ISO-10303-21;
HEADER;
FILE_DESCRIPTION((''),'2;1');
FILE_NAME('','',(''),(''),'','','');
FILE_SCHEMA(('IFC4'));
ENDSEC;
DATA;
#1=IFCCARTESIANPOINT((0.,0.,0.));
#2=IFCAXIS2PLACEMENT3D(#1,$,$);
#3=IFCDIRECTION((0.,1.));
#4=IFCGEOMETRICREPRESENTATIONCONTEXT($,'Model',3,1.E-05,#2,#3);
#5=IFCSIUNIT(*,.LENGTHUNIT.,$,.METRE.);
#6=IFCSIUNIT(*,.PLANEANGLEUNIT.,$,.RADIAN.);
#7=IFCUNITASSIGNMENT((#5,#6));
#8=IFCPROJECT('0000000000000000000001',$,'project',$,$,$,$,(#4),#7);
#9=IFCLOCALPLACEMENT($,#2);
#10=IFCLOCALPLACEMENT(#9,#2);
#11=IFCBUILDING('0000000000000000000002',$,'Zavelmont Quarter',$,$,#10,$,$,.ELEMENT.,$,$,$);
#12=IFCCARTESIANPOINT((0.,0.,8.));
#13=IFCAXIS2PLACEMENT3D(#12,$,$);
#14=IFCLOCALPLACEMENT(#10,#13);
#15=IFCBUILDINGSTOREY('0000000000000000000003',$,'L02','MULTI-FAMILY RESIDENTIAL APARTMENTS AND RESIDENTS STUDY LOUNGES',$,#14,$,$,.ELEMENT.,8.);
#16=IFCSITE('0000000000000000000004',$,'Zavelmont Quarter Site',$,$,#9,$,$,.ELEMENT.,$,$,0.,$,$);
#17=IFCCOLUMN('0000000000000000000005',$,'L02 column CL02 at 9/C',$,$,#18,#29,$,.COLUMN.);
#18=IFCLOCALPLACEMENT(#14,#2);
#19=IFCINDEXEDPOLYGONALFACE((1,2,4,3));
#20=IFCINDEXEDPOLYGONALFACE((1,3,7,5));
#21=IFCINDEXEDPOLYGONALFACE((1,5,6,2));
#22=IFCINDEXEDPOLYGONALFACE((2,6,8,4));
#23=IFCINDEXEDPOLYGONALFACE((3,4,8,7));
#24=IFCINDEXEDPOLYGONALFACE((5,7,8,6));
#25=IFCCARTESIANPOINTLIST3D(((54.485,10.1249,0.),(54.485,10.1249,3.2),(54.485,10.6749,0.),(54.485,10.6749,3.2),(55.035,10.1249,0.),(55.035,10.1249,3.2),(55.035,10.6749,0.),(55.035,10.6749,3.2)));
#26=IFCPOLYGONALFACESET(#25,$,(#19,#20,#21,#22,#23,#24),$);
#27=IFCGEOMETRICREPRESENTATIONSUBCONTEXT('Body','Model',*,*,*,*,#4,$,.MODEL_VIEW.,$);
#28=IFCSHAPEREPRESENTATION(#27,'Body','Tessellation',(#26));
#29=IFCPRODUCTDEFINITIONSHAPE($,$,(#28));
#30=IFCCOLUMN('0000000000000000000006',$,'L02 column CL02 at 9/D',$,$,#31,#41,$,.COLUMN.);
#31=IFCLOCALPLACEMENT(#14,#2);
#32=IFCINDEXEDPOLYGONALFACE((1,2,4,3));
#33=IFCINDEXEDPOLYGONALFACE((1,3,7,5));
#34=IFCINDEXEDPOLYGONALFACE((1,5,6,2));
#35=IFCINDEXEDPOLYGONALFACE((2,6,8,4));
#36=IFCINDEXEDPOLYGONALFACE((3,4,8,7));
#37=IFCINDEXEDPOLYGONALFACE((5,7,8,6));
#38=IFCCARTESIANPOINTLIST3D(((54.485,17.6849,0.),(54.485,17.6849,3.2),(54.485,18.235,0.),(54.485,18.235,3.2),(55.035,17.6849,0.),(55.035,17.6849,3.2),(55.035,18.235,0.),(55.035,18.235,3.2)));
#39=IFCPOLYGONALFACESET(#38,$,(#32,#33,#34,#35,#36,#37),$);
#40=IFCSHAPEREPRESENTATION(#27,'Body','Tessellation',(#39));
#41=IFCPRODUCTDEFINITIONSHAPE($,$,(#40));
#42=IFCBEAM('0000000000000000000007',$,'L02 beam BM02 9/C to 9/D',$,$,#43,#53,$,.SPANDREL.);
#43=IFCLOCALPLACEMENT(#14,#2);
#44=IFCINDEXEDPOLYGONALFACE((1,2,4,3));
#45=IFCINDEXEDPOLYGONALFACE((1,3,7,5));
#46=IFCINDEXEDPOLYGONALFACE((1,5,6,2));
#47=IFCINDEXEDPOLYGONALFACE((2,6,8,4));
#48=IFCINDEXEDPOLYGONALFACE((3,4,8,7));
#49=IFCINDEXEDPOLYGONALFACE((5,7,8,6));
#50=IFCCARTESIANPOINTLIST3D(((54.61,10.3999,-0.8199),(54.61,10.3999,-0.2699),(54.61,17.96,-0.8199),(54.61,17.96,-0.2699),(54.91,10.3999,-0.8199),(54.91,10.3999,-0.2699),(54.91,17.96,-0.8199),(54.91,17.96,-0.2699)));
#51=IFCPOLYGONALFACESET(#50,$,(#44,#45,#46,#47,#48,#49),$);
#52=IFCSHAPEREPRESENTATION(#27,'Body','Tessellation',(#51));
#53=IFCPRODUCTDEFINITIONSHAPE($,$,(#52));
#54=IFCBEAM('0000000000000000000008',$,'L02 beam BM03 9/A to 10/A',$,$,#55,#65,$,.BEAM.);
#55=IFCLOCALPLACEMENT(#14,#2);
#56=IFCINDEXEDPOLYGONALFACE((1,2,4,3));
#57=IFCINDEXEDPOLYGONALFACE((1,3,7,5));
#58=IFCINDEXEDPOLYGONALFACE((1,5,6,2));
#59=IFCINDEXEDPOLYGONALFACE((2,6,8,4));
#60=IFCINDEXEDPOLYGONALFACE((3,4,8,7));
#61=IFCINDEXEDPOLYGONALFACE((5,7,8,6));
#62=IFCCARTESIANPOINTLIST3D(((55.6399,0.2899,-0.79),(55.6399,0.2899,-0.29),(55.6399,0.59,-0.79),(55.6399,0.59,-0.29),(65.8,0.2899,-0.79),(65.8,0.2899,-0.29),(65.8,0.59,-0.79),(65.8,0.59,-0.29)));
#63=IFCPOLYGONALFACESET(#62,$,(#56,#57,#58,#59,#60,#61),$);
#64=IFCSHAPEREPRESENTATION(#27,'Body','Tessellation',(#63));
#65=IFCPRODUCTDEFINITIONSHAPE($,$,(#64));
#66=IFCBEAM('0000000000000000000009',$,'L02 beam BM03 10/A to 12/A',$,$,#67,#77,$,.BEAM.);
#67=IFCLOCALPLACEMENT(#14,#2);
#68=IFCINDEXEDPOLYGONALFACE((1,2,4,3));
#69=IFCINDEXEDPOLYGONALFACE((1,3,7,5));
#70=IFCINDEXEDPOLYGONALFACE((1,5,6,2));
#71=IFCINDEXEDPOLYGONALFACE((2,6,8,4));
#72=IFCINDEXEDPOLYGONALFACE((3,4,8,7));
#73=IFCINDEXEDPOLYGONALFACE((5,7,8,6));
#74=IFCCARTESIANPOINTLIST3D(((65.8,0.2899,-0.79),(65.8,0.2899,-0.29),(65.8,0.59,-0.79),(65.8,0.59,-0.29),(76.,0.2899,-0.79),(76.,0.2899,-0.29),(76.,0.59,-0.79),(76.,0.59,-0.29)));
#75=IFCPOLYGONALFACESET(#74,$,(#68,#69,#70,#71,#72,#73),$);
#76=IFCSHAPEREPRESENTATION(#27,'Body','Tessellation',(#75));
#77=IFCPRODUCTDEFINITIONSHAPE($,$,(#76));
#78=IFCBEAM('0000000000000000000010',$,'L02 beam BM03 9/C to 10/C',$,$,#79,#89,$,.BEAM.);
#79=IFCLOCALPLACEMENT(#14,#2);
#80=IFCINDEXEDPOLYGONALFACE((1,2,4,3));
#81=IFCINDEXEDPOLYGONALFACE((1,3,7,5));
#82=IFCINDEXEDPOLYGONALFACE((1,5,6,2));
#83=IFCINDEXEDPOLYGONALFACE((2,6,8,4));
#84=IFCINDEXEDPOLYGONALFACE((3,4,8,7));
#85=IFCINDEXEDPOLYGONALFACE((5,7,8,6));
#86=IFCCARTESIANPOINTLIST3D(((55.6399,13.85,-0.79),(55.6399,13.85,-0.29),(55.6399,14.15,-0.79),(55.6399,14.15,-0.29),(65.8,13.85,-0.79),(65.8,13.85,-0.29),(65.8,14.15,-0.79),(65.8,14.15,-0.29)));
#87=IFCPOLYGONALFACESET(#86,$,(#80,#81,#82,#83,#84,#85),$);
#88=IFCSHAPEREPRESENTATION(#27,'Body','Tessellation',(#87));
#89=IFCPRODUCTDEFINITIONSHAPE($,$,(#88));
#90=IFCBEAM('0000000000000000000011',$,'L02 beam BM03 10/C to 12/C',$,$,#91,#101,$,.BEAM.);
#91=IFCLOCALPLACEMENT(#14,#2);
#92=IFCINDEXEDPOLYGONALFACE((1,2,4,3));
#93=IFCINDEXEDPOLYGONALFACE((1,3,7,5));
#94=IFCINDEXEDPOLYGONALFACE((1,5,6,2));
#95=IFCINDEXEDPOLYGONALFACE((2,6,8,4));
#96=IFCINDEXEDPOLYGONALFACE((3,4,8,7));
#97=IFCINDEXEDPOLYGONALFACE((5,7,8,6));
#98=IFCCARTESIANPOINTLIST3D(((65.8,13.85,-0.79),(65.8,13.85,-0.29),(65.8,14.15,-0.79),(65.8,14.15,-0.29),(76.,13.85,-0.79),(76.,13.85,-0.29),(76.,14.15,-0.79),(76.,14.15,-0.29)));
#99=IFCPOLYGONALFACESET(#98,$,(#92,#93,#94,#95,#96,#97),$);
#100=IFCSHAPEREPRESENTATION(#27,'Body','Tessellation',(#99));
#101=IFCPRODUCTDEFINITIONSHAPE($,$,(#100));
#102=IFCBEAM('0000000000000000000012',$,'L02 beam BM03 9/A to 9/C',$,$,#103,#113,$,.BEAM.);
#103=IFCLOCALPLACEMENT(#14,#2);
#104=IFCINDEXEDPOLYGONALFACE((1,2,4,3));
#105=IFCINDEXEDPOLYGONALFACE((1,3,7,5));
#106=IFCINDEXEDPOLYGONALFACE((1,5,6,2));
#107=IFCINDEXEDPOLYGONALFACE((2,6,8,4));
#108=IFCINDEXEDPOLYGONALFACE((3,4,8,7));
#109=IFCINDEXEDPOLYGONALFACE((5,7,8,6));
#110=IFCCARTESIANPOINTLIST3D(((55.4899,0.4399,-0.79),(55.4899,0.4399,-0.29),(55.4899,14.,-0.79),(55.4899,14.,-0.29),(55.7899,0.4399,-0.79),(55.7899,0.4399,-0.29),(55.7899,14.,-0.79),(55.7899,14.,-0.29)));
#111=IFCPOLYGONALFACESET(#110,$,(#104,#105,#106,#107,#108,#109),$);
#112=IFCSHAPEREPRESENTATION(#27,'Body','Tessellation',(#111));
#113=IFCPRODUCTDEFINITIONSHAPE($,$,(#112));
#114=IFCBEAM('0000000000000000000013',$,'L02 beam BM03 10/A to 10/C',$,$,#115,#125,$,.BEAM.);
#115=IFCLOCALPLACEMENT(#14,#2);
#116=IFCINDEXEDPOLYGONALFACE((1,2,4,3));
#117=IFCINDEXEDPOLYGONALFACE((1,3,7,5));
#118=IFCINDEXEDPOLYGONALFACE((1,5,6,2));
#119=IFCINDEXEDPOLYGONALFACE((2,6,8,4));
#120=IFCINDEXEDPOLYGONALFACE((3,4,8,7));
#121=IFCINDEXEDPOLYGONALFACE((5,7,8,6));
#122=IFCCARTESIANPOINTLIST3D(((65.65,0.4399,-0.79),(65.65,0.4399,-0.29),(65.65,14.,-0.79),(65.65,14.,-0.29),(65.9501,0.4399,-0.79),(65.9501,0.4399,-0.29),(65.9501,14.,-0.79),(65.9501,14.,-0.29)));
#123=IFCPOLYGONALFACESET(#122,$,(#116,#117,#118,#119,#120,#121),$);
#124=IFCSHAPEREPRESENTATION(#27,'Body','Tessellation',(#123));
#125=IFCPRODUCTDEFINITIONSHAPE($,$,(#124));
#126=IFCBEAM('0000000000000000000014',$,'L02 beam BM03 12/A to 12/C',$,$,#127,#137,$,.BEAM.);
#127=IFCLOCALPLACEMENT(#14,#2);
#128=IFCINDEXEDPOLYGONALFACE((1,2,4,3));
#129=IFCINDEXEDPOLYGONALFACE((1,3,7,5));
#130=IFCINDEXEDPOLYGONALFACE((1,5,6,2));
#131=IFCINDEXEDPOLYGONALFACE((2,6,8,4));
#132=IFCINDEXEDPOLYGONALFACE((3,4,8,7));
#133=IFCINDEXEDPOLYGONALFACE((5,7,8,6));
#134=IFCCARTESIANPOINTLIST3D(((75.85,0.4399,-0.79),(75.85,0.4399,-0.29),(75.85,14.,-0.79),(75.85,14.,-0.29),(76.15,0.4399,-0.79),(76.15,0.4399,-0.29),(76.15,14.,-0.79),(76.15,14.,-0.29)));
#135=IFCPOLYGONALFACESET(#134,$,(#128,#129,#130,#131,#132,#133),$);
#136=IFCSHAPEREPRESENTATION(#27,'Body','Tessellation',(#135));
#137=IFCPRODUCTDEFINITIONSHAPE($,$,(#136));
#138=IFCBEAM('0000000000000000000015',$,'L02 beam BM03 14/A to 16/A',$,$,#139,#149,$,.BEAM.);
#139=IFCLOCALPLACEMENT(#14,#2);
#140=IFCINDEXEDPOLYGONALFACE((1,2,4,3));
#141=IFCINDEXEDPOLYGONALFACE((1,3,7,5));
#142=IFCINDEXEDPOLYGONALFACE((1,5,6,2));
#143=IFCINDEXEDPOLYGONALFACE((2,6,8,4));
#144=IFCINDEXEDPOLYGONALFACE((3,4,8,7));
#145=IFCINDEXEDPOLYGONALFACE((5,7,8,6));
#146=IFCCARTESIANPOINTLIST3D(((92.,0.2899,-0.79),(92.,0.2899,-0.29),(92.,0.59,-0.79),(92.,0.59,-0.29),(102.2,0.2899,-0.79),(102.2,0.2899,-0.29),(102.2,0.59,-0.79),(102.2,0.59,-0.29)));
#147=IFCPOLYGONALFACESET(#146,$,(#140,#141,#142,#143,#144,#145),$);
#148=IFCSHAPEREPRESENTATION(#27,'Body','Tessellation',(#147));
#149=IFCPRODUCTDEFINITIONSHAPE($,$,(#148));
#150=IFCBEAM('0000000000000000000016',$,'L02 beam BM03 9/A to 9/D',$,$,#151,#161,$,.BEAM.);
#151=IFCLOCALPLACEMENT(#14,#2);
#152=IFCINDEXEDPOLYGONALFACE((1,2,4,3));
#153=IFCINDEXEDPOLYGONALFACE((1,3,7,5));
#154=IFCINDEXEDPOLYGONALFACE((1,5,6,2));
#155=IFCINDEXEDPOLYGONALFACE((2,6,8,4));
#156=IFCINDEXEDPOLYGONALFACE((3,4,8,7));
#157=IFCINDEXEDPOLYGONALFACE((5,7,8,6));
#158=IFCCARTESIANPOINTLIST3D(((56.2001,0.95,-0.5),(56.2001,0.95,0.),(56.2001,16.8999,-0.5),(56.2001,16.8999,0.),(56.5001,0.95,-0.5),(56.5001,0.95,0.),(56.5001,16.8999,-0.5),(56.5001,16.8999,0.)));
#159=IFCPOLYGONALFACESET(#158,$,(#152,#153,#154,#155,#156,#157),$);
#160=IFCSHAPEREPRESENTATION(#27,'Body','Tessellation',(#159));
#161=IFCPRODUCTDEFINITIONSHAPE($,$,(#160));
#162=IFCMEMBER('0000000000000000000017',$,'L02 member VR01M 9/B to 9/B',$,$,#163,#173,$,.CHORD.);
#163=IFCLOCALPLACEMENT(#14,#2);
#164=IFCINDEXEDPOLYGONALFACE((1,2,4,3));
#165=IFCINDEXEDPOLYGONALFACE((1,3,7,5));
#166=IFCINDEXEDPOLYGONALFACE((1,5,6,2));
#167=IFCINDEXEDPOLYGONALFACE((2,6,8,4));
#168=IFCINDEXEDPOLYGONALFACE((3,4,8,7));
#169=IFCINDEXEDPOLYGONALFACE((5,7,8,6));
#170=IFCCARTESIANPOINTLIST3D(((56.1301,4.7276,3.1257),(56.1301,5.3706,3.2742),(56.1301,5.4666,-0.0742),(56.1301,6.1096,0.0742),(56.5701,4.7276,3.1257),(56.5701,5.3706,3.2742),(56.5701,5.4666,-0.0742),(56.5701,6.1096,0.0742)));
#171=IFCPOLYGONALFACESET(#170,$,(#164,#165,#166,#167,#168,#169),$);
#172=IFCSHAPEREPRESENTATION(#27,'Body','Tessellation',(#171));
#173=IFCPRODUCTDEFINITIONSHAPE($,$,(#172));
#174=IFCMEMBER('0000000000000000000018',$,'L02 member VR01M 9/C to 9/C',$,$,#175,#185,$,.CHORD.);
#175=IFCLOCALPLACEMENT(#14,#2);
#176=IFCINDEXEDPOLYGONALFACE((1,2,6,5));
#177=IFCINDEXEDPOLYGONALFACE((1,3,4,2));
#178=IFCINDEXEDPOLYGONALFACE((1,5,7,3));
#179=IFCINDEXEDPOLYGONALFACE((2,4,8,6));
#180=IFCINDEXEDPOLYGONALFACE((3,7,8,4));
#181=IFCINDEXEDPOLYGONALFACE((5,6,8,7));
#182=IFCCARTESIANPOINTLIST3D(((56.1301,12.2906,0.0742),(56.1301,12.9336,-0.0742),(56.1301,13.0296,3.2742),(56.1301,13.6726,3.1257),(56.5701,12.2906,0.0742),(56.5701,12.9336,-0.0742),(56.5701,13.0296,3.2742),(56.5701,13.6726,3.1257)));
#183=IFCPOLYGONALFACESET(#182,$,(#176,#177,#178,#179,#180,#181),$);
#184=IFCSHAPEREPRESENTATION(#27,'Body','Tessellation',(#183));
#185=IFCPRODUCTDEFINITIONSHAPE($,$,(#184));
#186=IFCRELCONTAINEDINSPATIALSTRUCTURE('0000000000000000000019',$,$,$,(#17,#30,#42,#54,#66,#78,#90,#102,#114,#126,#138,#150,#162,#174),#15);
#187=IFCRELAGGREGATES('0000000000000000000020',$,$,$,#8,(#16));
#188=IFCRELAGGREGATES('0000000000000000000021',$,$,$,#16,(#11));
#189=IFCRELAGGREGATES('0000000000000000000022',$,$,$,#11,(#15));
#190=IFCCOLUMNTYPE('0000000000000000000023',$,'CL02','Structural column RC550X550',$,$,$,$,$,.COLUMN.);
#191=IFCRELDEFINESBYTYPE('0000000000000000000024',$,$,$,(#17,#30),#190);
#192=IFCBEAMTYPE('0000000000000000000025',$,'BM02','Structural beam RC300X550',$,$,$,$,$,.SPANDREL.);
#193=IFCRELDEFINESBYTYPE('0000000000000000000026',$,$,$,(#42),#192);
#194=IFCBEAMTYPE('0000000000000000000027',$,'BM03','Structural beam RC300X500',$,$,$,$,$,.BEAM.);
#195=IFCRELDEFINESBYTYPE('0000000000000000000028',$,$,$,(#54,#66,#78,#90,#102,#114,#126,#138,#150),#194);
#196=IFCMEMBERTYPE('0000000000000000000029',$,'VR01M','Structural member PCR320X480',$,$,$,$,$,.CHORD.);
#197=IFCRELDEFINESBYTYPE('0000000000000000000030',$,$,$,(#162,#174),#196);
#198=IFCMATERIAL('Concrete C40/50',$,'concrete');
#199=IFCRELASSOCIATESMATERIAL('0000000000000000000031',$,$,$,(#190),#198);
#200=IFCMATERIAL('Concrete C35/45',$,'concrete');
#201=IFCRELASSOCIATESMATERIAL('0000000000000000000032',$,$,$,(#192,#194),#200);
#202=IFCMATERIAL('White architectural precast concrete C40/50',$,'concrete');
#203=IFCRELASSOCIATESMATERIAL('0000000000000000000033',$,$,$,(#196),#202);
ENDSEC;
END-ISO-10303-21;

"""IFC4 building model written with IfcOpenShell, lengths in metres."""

from ifc_helpers import new_model, si_unit, direction, frame, origin, origin_2d, place, context, subcontext, project, spatial, rectangle, extrude, material, material_profile, profile_set, type_object, element, save


model = new_model("IFC4")

# Units and contexts
model_context = context("Model", 3, precision=1e-05, world=origin(), true_north=direction((0.0, 1.0)))
body_context = subcontext(model_context, "Body", "Model", "MODEL_VIEW")
ifc_project = project(units=[si_unit("LENGTHUNIT", "METRE"), si_unit("PLANEANGLEUNIT", "RADIAN")], contexts=[model_context])

# Site, building, storey
site_placement = place(None, origin())
site = spatial("IfcSite", under=ifc_project, at=site_placement, Name="Zavelmont Quarter Site", CompositionType="ELEMENT", RefElevation=0.0)
building_placement = place(site_placement, origin())
building = spatial("IfcBuilding", under=site, at=building_placement, Name="Zavelmont Quarter", CompositionType="ELEMENT")
storey_placement = place(building_placement, frame((0.0, 0.0, 8.0)))
storey = spatial("IfcBuildingStorey", under=building, at=storey_placement, Name="L02", Description="MULTI-FAMILY RESIDENTIAL APARTMENTS AND RESIDENTS STUDY LOUNGES", CompositionType="ELEMENT", Elevation=8.0)

# Columns
ifc_material_1 = material(Name="Concrete C40/50", Category="concrete")
ifc_material_profile_1 = material_profile(ifc_material_1, rectangle(XDim=0.55, YDim=0.55, at=origin_2d()), Name="RC550X550")
ifc_profile_set_1 = profile_set([ifc_material_profile_1], Name="Concrete C40/50")
column_type = type_object("IfcColumnType", Name="CL02", Description="Structural column RC550X550", PredefinedType="COLUMN", material=ifc_profile_set_1)
for number, where, z_axis, x_axis, name in (
    (1, (54.76, 10.3999, 0.0), (0.0, 0.0, 1.0), (1.0, 0.0, 0.0), "L02 column CL02 at 9/C"),
    (2, (54.76, 17.96, 0.0), (0.0, 0.0, 1.0), (1.0, 0.0, 0.0), "L02 column CL02 at 9/D"),
):
    element("IfcColumn", number, at=place(storey_placement, frame(where, z_axis=z_axis, x_axis=x_axis)), inside=storey, type_object=column_type, Name=name, PredefinedType="COLUMN", context=body_context, shape_type="SweptSolid", body=[
        extrude(rectangle(XDim=0.55, YDim=0.55, at=origin_2d()), origin(), (0.0, 0.0, 1.0), 3.2),
    ])

# Beams
ifc_material_2 = material(Name="Concrete C35/45", Category="concrete")
ifc_material_profile_2 = material_profile(ifc_material_2, rectangle(XDim=0.3, YDim=0.55, at=origin_2d()), Name="RC300X550")
ifc_profile_set_2 = profile_set([ifc_material_profile_2], Name="Concrete C35/45")
beam_type_1 = type_object("IfcBeamType", Name="BM02", Description="Structural beam RC300X550", PredefinedType="SPANDREL", material=ifc_profile_set_2)
beam_1_placement = place(storey_placement, frame((54.76, 10.3999, -0.5449), z_axis=(0.0, 1.0, 0.0), x_axis=(-1.0, 0.0, 0.0)))
element("IfcBeam", 3, at=beam_1_placement, inside=storey, type_object=beam_type_1, Name="L02 beam BM02 9/C to 9/D", PredefinedType="SPANDREL", context=body_context, shape_type="SweptSolid", body=[
    extrude(rectangle(XDim=0.3, YDim=0.55, at=origin_2d()), origin(), (0.0, 0.0, 1.0), 7.5601),
])
ifc_material_profile_3 = material_profile(ifc_material_2, rectangle(XDim=0.3, YDim=0.5, at=origin_2d()), Name="RC300X500")
ifc_profile_set_3 = profile_set([ifc_material_profile_3], Name="Concrete C35/45")
beam_type_2 = type_object("IfcBeamType", Name="BM03", Description="Structural beam RC300X500", PredefinedType="BEAM", material=ifc_profile_set_3)
beam_2_placement = place(storey_placement, frame((55.6399, 0.4399, -0.54), z_axis=(1.0, 0.0, 0.0), x_axis=(0.0, 1.0, 0.0)))
element("IfcBeam", 4, at=beam_2_placement, inside=storey, type_object=beam_type_2, Name="L02 beam BM03 9/A to 10/A", PredefinedType="BEAM", context=body_context, shape_type="SweptSolid", body=[
    extrude(rectangle(XDim=0.3, YDim=0.5, at=origin_2d()), origin(), (0.0, 0.0, 1.0), 10.1602),
])
beam_3_placement = place(storey_placement, frame((65.8, 0.4399, -0.54), z_axis=(1.0, 0.0, 0.0), x_axis=(0.0, 1.0, 0.0)))
element("IfcBeam", 5, at=beam_3_placement, inside=storey, type_object=beam_type_2, Name="L02 beam BM03 10/A to 12/A", PredefinedType="BEAM", context=body_context, shape_type="SweptSolid", body=[
    extrude(rectangle(XDim=0.3, YDim=0.5, at=origin_2d()), origin(), (0.0, 0.0, 1.0), 10.2),
])
beam_4_placement = place(storey_placement, frame((55.6399, 14.0, -0.54), z_axis=(1.0, 0.0, 0.0), x_axis=(0.0, 1.0, 0.0)))
element("IfcBeam", 6, at=beam_4_placement, inside=storey, type_object=beam_type_2, Name="L02 beam BM03 9/C to 10/C", PredefinedType="BEAM", context=body_context, shape_type="SweptSolid", body=[
    extrude(rectangle(XDim=0.3, YDim=0.5, at=origin_2d()), origin(), (0.0, 0.0, 1.0), 10.1602),
])
beam_5_placement = place(storey_placement, frame((65.8, 14.0, -0.54), z_axis=(1.0, 0.0, 0.0), x_axis=(0.0, 1.0, 0.0)))
element("IfcBeam", 7, at=beam_5_placement, inside=storey, type_object=beam_type_2, Name="L02 beam BM03 10/C to 12/C", PredefinedType="BEAM", context=body_context, shape_type="SweptSolid", body=[
    extrude(rectangle(XDim=0.3, YDim=0.5, at=origin_2d()), origin(), (0.0, 0.0, 1.0), 10.2),
])
for number, where, z_axis, x_axis, name in (
    (8, (55.6399, 0.4399, -0.54), (0.0, 1.0, 0.0), (-1.0, 0.0, 0.0), "L02 beam BM03 9/A to 9/C"),
    (9, (65.8, 0.4399, -0.54), (0.0, 1.0, 0.0), (-1.0, 0.0, 0.0), "L02 beam BM03 10/A to 10/C"),
    (10, (76.0, 0.4399, -0.54), (0.0, 1.0, 0.0), (-1.0, 0.0, 0.0), "L02 beam BM03 12/A to 12/C"),
):
    element("IfcBeam", number, at=place(storey_placement, frame(where, z_axis=z_axis, x_axis=x_axis)), inside=storey, type_object=beam_type_2, Name=name, PredefinedType="BEAM", context=body_context, shape_type="SweptSolid", body=[
        extrude(rectangle(XDim=0.3, YDim=0.5, at=origin_2d()), origin(), (0.0, 0.0, 1.0), 13.5601),
    ])
beam_6_placement = place(storey_placement, frame((92.0, 0.4399, -0.54), z_axis=(1.0, 0.0, 0.0), x_axis=(0.0, 1.0, 0.0)))
element("IfcBeam", 11, at=beam_6_placement, inside=storey, type_object=beam_type_2, Name="L02 beam BM03 14/A to 16/A", PredefinedType="BEAM", context=body_context, shape_type="SweptSolid", body=[
    extrude(rectangle(XDim=0.3, YDim=0.5, at=origin_2d()), origin(), (0.0, 0.0, 1.0), 10.2),
])
beam_7_placement = place(storey_placement, frame((56.3501, 0.95, -0.25), z_axis=(0.0, 1.0, 0.0), x_axis=(-1.0, 0.0, 0.0)))
element("IfcBeam", 12, at=beam_7_placement, inside=storey, type_object=beam_type_2, Name="L02 beam BM03 9/A to 9/D", PredefinedType="BEAM", context=body_context, shape_type="SweptSolid", body=[
    extrude(rectangle(XDim=0.3, YDim=0.5, at=origin_2d()), origin(), (0.0, 0.0, 1.0), 15.95),
])

# Members
ifc_material_3 = material(Name="White architectural precast concrete C40/50", Category="concrete")
ifc_material_profile_4 = material_profile(ifc_material_3, rectangle(XDim=0.4399, YDim=0.6599, at=origin_2d()), Name="PCR320X480")
ifc_profile_set_4 = profile_set([ifc_material_profile_4], Name="White architectural precast concrete C40/50")
member_type = type_object("IfcMemberType", Name="VR01M", Description="Structural member PCR320X480", PredefinedType="CHORD", material=ifc_profile_set_4)
for number, where, z_axis, x_axis, name in (
    (13, (56.3501, 5.7881, 0.0), (0.0, -0.225022, 0.974354), (1.0, 0.0, 0.0), "L02 member VR01M 9/B to 9/B"),
    (14, (56.3501, 12.6121, 0.0), (0.0, 0.225022, 0.974354), (-1.0, 0.0, 0.0), "L02 member VR01M 9/C to 9/C"),
):
    element("IfcMember", number, at=place(storey_placement, frame(where, z_axis=z_axis, x_axis=x_axis)), inside=storey, type_object=member_type, Name=name, PredefinedType="CHORD", context=body_context, shape_type="SweptSolid", body=[
        extrude(rectangle(XDim=0.4399, YDim=0.6599, at=origin_2d()), origin(), (0.0, 0.0, 1.0), 3.2842),
    ])

save(model, "model.ifc")
